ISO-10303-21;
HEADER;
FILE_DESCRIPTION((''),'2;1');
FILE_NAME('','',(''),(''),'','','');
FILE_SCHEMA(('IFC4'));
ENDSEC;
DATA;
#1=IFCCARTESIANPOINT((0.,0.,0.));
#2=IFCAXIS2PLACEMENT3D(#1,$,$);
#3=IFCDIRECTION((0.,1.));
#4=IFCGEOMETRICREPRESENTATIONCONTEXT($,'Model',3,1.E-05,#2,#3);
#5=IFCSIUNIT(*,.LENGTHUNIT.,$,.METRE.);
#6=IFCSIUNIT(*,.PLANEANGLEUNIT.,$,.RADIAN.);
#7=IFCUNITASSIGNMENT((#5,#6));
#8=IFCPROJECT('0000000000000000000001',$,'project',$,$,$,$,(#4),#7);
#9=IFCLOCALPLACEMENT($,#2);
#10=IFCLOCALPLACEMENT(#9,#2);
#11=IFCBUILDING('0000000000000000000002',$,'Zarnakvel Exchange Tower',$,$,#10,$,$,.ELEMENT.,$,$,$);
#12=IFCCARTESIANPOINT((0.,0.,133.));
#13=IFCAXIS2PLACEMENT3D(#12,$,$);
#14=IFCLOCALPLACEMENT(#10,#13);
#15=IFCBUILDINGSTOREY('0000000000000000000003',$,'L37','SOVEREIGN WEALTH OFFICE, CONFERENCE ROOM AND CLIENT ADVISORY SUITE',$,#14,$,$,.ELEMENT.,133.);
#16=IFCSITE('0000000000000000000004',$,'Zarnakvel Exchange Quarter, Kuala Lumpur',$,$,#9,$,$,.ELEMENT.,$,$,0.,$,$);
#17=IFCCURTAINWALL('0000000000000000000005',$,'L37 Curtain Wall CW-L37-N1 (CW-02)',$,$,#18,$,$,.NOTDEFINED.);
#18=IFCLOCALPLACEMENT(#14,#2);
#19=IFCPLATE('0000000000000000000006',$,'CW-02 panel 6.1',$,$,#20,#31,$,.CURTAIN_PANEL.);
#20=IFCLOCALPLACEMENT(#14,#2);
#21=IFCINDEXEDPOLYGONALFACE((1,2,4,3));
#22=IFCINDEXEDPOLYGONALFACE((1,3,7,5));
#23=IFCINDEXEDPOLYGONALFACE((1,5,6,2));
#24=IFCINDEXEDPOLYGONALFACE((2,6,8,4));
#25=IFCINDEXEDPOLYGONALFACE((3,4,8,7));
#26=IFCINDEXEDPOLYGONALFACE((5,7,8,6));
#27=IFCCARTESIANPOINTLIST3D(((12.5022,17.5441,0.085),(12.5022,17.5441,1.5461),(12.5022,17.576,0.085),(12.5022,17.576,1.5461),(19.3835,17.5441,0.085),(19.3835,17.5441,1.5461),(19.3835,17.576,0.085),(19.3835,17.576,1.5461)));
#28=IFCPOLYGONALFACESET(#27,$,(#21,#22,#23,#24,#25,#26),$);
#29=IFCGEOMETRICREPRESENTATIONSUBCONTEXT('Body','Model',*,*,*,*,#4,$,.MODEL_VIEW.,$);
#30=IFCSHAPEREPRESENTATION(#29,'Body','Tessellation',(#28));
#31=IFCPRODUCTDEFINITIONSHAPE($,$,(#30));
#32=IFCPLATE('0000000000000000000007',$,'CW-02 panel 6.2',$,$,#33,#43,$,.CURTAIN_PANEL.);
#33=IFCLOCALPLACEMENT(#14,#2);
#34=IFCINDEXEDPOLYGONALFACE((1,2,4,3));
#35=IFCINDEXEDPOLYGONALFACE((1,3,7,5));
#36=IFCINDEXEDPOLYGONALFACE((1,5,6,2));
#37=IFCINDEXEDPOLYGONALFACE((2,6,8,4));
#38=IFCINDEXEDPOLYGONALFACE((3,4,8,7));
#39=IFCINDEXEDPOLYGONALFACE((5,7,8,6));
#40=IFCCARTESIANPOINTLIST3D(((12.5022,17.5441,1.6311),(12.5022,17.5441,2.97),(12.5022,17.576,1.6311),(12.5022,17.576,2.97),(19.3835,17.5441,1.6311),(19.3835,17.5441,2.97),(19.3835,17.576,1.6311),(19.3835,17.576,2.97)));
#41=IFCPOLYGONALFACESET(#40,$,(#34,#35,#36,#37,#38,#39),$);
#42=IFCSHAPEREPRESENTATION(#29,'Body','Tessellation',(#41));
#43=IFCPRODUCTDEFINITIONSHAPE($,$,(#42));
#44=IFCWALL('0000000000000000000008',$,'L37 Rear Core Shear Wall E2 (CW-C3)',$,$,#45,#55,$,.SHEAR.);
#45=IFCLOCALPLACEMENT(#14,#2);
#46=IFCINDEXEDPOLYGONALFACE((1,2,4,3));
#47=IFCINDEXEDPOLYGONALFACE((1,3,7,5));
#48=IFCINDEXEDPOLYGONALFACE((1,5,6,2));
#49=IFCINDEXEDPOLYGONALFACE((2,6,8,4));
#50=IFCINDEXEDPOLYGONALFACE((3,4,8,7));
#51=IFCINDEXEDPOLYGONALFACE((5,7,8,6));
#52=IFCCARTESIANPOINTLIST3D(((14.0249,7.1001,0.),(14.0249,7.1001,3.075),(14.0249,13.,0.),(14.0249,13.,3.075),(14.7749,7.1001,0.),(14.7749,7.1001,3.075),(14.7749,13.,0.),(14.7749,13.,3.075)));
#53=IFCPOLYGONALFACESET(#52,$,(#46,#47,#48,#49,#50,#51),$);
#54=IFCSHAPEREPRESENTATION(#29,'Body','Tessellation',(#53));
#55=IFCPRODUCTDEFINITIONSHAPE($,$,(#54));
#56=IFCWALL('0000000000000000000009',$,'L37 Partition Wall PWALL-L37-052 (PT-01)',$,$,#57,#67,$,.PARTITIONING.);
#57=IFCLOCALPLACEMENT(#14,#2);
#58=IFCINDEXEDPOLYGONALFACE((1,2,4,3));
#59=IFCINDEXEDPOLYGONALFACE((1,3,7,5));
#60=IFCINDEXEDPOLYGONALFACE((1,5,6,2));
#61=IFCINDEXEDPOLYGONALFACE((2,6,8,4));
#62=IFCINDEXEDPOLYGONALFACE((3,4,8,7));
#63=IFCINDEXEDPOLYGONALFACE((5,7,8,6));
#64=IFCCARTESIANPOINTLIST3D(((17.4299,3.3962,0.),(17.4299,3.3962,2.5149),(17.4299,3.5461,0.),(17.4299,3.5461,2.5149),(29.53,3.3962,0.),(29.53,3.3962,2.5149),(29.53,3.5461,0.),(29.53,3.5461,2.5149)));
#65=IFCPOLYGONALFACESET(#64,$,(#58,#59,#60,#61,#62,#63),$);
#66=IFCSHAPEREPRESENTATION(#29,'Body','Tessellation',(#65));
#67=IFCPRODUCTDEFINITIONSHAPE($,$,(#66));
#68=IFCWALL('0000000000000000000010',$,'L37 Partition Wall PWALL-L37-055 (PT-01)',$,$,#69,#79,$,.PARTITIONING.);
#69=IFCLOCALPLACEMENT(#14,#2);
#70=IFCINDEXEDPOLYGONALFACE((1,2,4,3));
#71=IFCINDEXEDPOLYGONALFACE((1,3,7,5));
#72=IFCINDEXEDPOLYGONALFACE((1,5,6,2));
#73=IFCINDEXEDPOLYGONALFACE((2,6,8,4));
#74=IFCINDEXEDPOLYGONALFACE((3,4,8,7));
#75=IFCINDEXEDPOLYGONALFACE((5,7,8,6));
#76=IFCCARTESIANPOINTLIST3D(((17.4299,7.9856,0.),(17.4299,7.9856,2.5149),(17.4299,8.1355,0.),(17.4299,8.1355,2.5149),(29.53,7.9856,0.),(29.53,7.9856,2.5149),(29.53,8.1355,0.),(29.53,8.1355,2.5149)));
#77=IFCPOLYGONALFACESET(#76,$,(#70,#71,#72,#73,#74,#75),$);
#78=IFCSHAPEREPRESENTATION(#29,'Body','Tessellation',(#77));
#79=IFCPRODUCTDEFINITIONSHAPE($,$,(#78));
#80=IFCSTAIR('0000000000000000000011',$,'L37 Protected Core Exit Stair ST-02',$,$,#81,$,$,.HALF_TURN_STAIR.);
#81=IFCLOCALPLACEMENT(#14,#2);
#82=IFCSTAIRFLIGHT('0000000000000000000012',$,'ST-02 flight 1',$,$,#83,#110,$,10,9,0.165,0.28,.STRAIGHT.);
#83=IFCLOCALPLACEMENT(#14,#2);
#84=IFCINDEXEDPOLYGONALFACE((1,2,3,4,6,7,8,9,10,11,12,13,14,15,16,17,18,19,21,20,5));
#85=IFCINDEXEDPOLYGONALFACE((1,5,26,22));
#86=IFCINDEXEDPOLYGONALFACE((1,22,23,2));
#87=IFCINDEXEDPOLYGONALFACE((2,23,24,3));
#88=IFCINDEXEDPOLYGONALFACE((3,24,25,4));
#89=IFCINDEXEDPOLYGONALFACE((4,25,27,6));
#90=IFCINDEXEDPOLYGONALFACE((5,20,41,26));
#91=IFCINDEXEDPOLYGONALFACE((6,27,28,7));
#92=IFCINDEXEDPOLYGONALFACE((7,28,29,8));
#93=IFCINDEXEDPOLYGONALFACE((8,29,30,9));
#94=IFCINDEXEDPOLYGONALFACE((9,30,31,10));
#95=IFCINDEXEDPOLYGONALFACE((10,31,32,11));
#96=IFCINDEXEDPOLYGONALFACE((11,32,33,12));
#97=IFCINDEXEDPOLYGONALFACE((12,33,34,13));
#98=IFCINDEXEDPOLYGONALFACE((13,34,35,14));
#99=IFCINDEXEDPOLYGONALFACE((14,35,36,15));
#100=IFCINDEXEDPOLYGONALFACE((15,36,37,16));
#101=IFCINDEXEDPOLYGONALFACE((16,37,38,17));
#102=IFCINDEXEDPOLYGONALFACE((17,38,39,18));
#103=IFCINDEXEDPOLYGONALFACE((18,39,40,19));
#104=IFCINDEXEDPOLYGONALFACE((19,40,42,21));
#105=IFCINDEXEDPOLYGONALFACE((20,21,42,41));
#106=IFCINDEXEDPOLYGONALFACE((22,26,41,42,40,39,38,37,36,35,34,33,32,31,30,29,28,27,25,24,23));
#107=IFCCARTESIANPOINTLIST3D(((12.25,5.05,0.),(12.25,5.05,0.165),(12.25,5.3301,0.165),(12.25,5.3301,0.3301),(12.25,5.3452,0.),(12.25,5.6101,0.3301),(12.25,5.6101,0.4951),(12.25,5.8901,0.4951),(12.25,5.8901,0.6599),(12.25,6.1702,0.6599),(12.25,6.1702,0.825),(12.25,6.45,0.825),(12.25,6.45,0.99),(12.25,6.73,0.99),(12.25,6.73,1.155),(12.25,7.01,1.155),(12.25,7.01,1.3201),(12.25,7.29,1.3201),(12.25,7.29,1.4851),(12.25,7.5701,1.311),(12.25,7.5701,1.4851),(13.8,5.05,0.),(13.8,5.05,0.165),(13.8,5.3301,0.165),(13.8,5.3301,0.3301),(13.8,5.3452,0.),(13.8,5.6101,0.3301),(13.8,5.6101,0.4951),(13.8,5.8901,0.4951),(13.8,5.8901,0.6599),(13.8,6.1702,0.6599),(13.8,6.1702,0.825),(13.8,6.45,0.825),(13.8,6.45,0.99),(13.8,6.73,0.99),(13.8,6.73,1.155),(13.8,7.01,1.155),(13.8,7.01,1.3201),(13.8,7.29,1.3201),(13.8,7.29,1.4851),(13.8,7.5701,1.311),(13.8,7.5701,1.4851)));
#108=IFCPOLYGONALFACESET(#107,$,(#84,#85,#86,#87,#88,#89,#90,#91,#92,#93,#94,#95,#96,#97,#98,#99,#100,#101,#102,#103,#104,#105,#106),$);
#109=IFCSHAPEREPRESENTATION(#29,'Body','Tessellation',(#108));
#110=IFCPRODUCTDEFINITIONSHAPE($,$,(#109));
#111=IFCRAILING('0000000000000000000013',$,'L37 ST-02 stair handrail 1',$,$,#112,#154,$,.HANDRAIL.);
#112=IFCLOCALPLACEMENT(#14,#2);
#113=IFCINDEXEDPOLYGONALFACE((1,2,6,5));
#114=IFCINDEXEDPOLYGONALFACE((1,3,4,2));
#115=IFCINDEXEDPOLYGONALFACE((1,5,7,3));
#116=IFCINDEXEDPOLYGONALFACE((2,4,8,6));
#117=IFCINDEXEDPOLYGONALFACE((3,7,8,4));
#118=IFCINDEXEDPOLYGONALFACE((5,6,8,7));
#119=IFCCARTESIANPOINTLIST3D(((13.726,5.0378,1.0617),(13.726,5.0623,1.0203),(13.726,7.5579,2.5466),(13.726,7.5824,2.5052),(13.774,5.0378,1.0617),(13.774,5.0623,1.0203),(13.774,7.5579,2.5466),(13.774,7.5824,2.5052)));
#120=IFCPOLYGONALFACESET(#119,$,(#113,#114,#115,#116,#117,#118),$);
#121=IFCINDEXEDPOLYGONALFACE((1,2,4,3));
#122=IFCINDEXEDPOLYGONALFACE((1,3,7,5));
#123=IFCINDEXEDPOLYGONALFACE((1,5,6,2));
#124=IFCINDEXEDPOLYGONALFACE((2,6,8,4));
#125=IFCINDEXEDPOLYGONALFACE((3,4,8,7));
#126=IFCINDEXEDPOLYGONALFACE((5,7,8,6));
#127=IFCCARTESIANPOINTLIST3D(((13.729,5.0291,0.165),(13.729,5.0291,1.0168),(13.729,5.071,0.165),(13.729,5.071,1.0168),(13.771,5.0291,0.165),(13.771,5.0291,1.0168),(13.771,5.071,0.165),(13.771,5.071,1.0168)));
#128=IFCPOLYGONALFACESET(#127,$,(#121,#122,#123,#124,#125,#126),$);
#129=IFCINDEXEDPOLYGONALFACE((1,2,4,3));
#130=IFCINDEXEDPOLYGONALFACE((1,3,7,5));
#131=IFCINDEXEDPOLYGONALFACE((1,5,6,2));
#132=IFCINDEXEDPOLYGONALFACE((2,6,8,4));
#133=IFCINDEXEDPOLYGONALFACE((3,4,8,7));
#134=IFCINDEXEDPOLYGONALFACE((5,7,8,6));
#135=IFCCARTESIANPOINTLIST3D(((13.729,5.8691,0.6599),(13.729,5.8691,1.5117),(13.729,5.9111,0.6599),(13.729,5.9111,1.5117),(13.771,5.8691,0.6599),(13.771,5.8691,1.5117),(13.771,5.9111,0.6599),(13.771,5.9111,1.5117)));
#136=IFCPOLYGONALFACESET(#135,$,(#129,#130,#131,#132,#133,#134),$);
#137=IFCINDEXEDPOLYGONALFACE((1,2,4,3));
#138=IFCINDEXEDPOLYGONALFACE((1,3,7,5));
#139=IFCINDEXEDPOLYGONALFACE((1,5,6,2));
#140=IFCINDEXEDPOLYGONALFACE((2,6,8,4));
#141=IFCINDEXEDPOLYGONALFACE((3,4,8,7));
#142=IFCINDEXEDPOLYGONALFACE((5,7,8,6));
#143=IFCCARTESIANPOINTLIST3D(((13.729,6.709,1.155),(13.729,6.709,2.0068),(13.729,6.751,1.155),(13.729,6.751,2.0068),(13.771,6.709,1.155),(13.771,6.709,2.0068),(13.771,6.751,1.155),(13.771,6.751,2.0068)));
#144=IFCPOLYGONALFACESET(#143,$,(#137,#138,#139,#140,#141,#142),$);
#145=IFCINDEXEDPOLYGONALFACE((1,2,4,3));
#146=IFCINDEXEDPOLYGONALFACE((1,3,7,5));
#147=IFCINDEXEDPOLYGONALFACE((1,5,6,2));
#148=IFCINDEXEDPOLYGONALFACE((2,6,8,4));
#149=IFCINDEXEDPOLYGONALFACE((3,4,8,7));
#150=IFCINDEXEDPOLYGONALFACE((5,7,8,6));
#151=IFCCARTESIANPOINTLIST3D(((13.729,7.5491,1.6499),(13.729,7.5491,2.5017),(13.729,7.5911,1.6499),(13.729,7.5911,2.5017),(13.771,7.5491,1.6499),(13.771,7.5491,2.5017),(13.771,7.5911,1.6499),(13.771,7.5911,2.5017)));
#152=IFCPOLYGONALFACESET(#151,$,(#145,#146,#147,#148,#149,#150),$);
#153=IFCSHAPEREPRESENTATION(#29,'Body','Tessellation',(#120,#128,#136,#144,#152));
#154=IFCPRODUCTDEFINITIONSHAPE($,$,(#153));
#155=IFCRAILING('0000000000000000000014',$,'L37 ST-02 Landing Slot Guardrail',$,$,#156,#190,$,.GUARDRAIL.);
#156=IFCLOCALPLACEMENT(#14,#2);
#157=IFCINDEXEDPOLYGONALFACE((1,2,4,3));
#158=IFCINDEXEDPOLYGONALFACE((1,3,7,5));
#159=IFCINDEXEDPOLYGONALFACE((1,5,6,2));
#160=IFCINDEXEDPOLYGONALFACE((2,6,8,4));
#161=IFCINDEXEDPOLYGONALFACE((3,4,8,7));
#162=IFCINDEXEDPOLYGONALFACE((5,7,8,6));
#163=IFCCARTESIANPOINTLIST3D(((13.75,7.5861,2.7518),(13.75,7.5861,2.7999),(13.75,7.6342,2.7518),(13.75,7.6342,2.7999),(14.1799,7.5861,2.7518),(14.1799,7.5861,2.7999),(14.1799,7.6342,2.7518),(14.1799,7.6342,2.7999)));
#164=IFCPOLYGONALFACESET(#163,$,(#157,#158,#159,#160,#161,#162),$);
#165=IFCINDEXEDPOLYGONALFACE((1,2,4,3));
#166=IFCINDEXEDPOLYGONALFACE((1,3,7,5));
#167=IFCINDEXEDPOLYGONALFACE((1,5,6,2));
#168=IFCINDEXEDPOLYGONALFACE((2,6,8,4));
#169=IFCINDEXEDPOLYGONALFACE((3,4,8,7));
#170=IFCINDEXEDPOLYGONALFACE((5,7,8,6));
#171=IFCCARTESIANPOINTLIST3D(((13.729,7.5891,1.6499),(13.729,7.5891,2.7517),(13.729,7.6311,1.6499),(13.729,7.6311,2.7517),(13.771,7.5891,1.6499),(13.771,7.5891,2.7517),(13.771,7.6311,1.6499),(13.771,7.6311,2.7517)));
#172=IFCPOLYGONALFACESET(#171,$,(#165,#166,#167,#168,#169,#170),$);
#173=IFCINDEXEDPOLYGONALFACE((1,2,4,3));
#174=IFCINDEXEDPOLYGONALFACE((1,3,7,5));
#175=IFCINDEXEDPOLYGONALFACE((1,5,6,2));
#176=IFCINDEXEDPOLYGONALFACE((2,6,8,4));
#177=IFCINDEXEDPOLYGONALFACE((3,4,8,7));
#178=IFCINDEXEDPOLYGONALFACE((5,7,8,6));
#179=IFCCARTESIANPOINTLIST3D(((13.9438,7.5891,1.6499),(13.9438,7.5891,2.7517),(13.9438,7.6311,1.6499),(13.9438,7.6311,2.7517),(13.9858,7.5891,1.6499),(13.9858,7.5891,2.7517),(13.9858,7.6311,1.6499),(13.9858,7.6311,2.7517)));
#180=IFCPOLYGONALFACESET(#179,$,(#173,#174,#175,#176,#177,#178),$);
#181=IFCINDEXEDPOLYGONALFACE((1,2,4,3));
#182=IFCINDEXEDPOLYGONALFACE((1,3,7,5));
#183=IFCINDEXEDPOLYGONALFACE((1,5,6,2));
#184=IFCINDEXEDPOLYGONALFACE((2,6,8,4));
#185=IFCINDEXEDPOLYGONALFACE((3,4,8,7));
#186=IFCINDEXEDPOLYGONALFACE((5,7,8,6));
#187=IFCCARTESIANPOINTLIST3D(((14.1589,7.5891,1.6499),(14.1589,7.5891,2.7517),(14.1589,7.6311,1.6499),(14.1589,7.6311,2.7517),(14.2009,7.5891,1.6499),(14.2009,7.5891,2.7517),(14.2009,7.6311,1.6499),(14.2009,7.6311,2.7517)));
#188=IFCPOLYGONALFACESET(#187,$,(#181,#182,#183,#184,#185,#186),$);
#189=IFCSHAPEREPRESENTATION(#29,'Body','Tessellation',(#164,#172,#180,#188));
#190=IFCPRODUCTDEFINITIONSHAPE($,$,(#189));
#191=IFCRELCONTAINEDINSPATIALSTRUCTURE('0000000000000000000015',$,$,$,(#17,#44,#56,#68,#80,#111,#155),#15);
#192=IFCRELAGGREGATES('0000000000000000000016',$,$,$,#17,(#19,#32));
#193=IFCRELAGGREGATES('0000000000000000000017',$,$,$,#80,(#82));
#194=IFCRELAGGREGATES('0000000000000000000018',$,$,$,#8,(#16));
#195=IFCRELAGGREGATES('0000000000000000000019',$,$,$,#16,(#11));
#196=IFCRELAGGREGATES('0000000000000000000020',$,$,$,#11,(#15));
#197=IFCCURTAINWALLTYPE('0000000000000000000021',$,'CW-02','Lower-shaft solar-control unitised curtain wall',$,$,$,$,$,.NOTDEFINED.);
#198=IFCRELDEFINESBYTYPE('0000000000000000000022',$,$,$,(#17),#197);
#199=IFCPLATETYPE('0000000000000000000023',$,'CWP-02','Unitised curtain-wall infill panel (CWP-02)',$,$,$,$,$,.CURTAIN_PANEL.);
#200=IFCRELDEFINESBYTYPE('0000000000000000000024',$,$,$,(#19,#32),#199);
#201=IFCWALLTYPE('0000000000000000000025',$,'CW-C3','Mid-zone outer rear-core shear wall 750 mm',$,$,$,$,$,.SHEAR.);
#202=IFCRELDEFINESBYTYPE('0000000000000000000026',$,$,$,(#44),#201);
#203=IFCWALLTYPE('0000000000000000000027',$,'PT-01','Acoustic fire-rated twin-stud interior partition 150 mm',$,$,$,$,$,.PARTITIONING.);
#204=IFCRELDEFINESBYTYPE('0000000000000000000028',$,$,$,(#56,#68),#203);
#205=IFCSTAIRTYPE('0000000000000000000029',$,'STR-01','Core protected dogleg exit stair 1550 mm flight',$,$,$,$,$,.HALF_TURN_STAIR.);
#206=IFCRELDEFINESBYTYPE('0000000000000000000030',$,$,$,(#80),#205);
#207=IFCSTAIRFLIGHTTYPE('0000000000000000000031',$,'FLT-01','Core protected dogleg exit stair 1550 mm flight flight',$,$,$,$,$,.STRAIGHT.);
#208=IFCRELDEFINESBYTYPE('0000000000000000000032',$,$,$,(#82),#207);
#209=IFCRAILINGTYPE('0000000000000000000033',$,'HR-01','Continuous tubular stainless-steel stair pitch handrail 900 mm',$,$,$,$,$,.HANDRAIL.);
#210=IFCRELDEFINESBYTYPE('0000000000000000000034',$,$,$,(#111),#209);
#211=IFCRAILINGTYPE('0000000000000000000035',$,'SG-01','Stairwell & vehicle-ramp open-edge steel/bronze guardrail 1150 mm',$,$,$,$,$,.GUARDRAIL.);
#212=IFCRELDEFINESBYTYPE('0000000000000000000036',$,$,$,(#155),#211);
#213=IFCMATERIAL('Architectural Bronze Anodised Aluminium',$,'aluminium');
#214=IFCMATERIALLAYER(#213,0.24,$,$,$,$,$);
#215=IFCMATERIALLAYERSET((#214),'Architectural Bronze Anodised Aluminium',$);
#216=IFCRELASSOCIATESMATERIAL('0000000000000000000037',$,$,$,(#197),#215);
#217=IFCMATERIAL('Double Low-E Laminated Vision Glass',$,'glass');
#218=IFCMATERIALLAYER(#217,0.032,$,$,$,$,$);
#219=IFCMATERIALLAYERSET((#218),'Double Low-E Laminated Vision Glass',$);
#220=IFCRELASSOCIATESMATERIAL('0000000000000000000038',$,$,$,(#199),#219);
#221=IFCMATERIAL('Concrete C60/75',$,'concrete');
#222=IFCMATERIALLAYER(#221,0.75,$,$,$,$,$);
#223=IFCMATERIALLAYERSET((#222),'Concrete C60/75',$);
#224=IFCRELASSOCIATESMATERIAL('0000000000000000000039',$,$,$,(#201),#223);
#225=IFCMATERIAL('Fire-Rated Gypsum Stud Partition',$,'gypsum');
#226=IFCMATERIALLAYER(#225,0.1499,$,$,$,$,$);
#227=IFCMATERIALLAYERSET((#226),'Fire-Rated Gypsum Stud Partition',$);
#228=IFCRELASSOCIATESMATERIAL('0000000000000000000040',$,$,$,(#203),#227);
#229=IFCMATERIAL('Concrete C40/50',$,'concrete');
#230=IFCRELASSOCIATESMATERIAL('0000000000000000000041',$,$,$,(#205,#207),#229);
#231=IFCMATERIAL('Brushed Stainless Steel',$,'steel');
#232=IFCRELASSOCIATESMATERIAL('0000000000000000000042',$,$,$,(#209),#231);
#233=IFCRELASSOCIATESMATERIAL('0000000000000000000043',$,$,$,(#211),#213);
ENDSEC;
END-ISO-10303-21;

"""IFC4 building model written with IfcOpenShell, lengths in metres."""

from ifc_helpers import new_model, si_unit, direction, frame, frame_2d, origin, origin_2d, place, context, subcontext, project, spatial, polyline, rectangle, outline, extrude, source, transform, mapped, material, layer, layer_set, type_object, element, aggregate, save


model = new_model("IFC4")

# Units and contexts
model_context = context("Model", 3, precision=1e-05, world=origin(), true_north=direction((0.0, 1.0)))
body_context = subcontext(model_context, "Body", "Model", "MODEL_VIEW")
ifc_project = project(units=[si_unit("LENGTHUNIT", "METRE"), si_unit("PLANEANGLEUNIT", "RADIAN")], contexts=[model_context])

# Site, building, storey
site_placement = place(None, origin())
site = spatial("IfcSite", under=ifc_project, at=site_placement, Name="Zarnakvel Exchange Quarter, Kuala Lumpur", CompositionType="ELEMENT", RefElevation=0.0)
building_placement = place(site_placement, origin())
building = spatial("IfcBuilding", under=site, at=building_placement, Name="Zarnakvel Exchange Tower", CompositionType="ELEMENT")
storey_placement = place(building_placement, frame((0.0, 0.0, 133.0)))
storey = spatial("IfcBuildingStorey", under=building, at=storey_placement, Name="L37", Description="SOVEREIGN WEALTH OFFICE, CONFERENCE ROOM AND CLIENT ADVISORY SUITE", CompositionType="ELEMENT", Elevation=133.0)

# Shared definitions
ifc_material_1 = material(Name="Concrete C60/75", Category="concrete")

# Curtain wall, plates
ifc_material_2 = material(Name="Architectural Bronze Anodised Aluminium", Category="aluminium")
ifc_layer_1 = layer(ifc_material_2, 0.24)
ifc_layer_set_1 = layer_set([ifc_layer_1], Name="Architectural Bronze Anodised Aluminium")
curtain_wall_type = type_object("IfcCurtainWallType", Name="CW-02", Description="Lower-shaft solar-control unitised curtain wall", PredefinedType="NOTDEFINED", material=ifc_layer_set_1)
curtain_wall_placement = place(storey_placement, origin())
curtain_wall = element("IfcCurtainWall", 1, at=curtain_wall_placement, inside=storey, type_object=curtain_wall_type, Name="L37 Curtain Wall CW-L37-N1 (CW-02)", PredefinedType="NOTDEFINED")
ifc_material_3 = material(Name="Double Low-E Laminated Vision Glass", Category="glass")
ifc_layer_2 = layer(ifc_material_3, 0.032)
ifc_layer_set_2 = layer_set([ifc_layer_2], Name="Double Low-E Laminated Vision Glass")
plate_type = type_object("IfcPlateType", Name="CWP-02", Description="Unitised curtain-wall infill panel (CWP-02)", PredefinedType="CURTAIN_PANEL", material=ifc_layer_set_2)
shared_shape_1 = source(origin(), body_context, "Body", "SweptSolid", [
    extrude(rectangle(XDim=6.8813, YDim=0.032, at=origin_2d()), origin(), (0.0, 0.0, 1.0), 1.4612),
])
plate_1_placement = place(storey_placement, frame((15.9429, 17.5601, 0.085), z_axis=(0.0, 0.0, 1.0), x_axis=(1.0, 0.0, 0.0)))
plate_1 = element("IfcPlate", 2, at=plate_1_placement, type_object=plate_type, Name="CW-02 panel 6.1", PredefinedType="CURTAIN_PANEL", context=body_context, shape_type="MappedRepresentation", body=[
    mapped(shared_shape_1, transform((0.0, 0.0, 0.0), x_axis=(1.0, 0.0, 0.0), y_axis=(0.0, 1.0, 0.0), z_axis=(0.0, 0.0, 1.0), scale=1.0)),
])
shared_shape_2 = source(origin(), body_context, "Body", "SweptSolid", [
    extrude(rectangle(XDim=6.8813, YDim=0.032, at=origin_2d()), origin(), (0.0, 0.0, 1.0), 1.3389),
])
plate_2_placement = place(storey_placement, frame((15.9429, 17.5601, 1.6311), z_axis=(0.0, 0.0, 1.0), x_axis=(1.0, 0.0, 0.0)))
plate_2 = element("IfcPlate", 3, at=plate_2_placement, type_object=plate_type, Name="CW-02 panel 6.2", PredefinedType="CURTAIN_PANEL", context=body_context, shape_type="MappedRepresentation", body=[
    mapped(shared_shape_2, transform((0.0, 0.0, 0.0), x_axis=(1.0, 0.0, 0.0), y_axis=(0.0, 1.0, 0.0), z_axis=(0.0, 0.0, 1.0), scale=1.0)),
])
aggregate(curtain_wall, [plate_1, plate_2])

# Walls
ifc_layer_3 = layer(ifc_material_1, 0.75)
ifc_layer_set_3 = layer_set([ifc_layer_3], Name="Concrete C60/75")
wall_type_1 = type_object("IfcWallType", Name="CW-C3", Description="Mid-zone outer rear-core shear wall 750 mm", PredefinedType="SHEAR", material=ifc_layer_set_3)
wall_1_placement = place(storey_placement, frame((14.3999, 7.1001, 0.0), z_axis=(0.0, 0.0, 1.0), x_axis=(0.0, 1.0, 0.0)))
element("IfcWall", 4, at=wall_1_placement, inside=storey, type_object=wall_type_1, Name="L37 Rear Core Shear Wall E2 (CW-C3)", PredefinedType="SHEAR", context=body_context, shape_type="SweptSolid", body=[
    extrude(rectangle(XDim=5.8999, YDim=0.75, at=frame_2d((2.95, 0.0))), origin(), (0.0, 0.0, 1.0), 3.075),
])
ifc_material_4 = material(Name="Fire-Rated Gypsum Stud Partition", Category="gypsum")
ifc_layer_4 = layer(ifc_material_4, 0.1499)
ifc_layer_set_4 = layer_set([ifc_layer_4], Name="Fire-Rated Gypsum Stud Partition")
wall_type_2 = type_object("IfcWallType", Name="PT-01", Description="Acoustic fire-rated twin-stud interior partition 150 mm", PredefinedType="PARTITIONING", material=ifc_layer_set_4)
for number, where, z_axis, x_axis, name in (
    (5, (17.4299, 3.4712, 0.0), (0.0, 0.0, 1.0), (1.0, 0.0, 0.0), "L37 Partition Wall PWALL-L37-052 (PT-01)"),
    (6, (17.4299, 8.0605, 0.0), (0.0, 0.0, 1.0), (1.0, 0.0, 0.0), "L37 Partition Wall PWALL-L37-055 (PT-01)"),
):
    element("IfcWall", number, at=place(storey_placement, frame(where, z_axis=z_axis, x_axis=x_axis)), inside=storey, type_object=wall_type_2, Name=name, PredefinedType="PARTITIONING", context=body_context, shape_type="SweptSolid", body=[
        extrude(rectangle(XDim=12.1001, YDim=0.1499, at=frame_2d((6.05, 0.0))), origin(), (0.0, 0.0, 1.0), 2.5149),
    ])

# Shared definitions
ifc_material_5 = material(Name="Concrete C40/50", Category="concrete")

# Stair, stair flight
stair_type = type_object("IfcStairType", Name="STR-01", Description="Core protected dogleg exit stair 1550 mm flight", PredefinedType="HALF_TURN_STAIR", material=ifc_material_5)
stair_placement = place(storey_placement, origin())
stair = element("IfcStair", 7, at=stair_placement, inside=storey, type_object=stair_type, Name="L37 Protected Core Exit Stair ST-02", PredefinedType="HALF_TURN_STAIR")
stair_flight_type = type_object("IfcStairFlightType", Name="FLT-01", Description="Core protected dogleg exit stair 1550 mm flight flight", PredefinedType="STRAIGHT", material=ifc_material_5)
stair_flight_placement = place(storey_placement, frame((13.0249, 5.05, 0.0), z_axis=(0.0, 0.0, 1.0), x_axis=(0.0, 1.0, 0.0)))
stair_flight = element("IfcStairFlight", 8, at=stair_flight_placement, type_object=stair_flight_type, Name="ST-02 flight 1", NumberOfRisers=10, NumberOfTreads=9, PredefinedType="STRAIGHT", RiserHeight=0.165, TreadLength=0.28, context=body_context, shape_type="SweptSolid", body=[
    extrude(outline(polyline([(0.0, 0.0), (0.0, 0.165), (0.28, 0.165), (0.28, 0.3301), (0.5601, 0.3301), (0.5601, 0.4951), (0.8401, 0.4951), (0.8401, 0.6599), (1.1201, 0.6599), (1.1201, 0.825), (1.3999, 0.825), (1.3999, 0.99), (1.6799, 0.99), (1.6799, 1.155), (1.96, 1.155), (1.96, 1.3201), (2.24, 1.3201), (2.24, 1.4851), (2.52, 1.4851), (2.52, 1.6499), (2.52, 1.311), (0.2952, 0.0), (0.0, 0.0)])), frame((0.0, 0.7749, 0.0), z_axis=(0.0, -1.0, 0.0), x_axis=(1.0, 0.0, 0.0)), (0.0, 0.0, 1.0), 1.55),
])
aggregate(stair, [stair_flight])

# Railings
ifc_material_6 = material(Name="Brushed Stainless Steel", Category="steel")
railing_type_1 = type_object("IfcRailingType", Name="HR-01", Description="Continuous tubular stainless-steel stair pitch handrail 900 mm", PredefinedType="HANDRAIL", material=ifc_material_6)
railing_1_placement = place(storey_placement, frame((13.75, 5.05, 0.165)))
element("IfcRailing", 9, at=railing_1_placement, inside=storey, type_object=railing_type_1, Name="L37 ST-02 stair handrail 1", PredefinedType="HANDRAIL", context=body_context, shape_type="SweptSolid", body=[
    extrude(rectangle(XDim=0.0481, YDim=0.0481, at=origin_2d()), frame((0.0, 0.0, 0.876), z_axis=(0.0, 0.861561, 0.507655), x_axis=(-1.0, 0.0, 0.0)), (0.0, 0.0, 1.0), 2.925),
    extrude(rectangle(XDim=0.042, YDim=0.042, at=origin_2d()), origin(), (0.0, 0.0, 1.0), 0.8518),
    extrude(rectangle(XDim=0.042, YDim=0.042, at=origin_2d()), frame((0.0, 0.8401, 0.4949)), (0.0, 0.0, 1.0), 0.8518),
    extrude(rectangle(XDim=0.042, YDim=0.042, at=origin_2d()), frame((0.0, 1.6799, 0.99)), (0.0, 0.0, 1.0), 0.8518),
    extrude(rectangle(XDim=0.042, YDim=0.042, at=origin_2d()), frame((0.0, 2.52, 1.4849)), (0.0, 0.0, 1.0), 0.8518),
])
railing_type_2 = type_object("IfcRailingType", Name="SG-01", Description="Stairwell & vehicle-ramp open-edge steel/bronze guardrail 1150 mm", PredefinedType="GUARDRAIL", material=ifc_material_2)
railing_2_placement = place(storey_placement, frame((13.75, 7.6101, 1.6499)))
element("IfcRailing", 10, at=railing_2_placement, inside=storey, type_object=railing_type_2, Name="L37 ST-02 Landing Slot Guardrail", PredefinedType="GUARDRAIL", context=body_context, shape_type="SweptSolid", body=[
    extrude(rectangle(XDim=0.0481, YDim=0.0481, at=origin_2d()), frame((0.0, 0.0, 1.126), z_axis=(1.0, 0.0, 0.0), x_axis=(0.0, 1.0, 0.0)), (0.0, 0.0, 1.0), 0.4299),
    extrude(rectangle(XDim=0.042, YDim=0.042, at=origin_2d()), origin(), (0.0, 0.0, 1.0), 1.1018),
    extrude(rectangle(XDim=0.042, YDim=0.042, at=origin_2d()), frame((0.2148, 0.0, 0.0)), (0.0, 0.0, 1.0), 1.1018),
    extrude(rectangle(XDim=0.042, YDim=0.042, at=origin_2d()), frame((0.4299, 0.0, 0.0)), (0.0, 0.0, 1.0), 1.1018),
])

save(model, "model.ifc")
